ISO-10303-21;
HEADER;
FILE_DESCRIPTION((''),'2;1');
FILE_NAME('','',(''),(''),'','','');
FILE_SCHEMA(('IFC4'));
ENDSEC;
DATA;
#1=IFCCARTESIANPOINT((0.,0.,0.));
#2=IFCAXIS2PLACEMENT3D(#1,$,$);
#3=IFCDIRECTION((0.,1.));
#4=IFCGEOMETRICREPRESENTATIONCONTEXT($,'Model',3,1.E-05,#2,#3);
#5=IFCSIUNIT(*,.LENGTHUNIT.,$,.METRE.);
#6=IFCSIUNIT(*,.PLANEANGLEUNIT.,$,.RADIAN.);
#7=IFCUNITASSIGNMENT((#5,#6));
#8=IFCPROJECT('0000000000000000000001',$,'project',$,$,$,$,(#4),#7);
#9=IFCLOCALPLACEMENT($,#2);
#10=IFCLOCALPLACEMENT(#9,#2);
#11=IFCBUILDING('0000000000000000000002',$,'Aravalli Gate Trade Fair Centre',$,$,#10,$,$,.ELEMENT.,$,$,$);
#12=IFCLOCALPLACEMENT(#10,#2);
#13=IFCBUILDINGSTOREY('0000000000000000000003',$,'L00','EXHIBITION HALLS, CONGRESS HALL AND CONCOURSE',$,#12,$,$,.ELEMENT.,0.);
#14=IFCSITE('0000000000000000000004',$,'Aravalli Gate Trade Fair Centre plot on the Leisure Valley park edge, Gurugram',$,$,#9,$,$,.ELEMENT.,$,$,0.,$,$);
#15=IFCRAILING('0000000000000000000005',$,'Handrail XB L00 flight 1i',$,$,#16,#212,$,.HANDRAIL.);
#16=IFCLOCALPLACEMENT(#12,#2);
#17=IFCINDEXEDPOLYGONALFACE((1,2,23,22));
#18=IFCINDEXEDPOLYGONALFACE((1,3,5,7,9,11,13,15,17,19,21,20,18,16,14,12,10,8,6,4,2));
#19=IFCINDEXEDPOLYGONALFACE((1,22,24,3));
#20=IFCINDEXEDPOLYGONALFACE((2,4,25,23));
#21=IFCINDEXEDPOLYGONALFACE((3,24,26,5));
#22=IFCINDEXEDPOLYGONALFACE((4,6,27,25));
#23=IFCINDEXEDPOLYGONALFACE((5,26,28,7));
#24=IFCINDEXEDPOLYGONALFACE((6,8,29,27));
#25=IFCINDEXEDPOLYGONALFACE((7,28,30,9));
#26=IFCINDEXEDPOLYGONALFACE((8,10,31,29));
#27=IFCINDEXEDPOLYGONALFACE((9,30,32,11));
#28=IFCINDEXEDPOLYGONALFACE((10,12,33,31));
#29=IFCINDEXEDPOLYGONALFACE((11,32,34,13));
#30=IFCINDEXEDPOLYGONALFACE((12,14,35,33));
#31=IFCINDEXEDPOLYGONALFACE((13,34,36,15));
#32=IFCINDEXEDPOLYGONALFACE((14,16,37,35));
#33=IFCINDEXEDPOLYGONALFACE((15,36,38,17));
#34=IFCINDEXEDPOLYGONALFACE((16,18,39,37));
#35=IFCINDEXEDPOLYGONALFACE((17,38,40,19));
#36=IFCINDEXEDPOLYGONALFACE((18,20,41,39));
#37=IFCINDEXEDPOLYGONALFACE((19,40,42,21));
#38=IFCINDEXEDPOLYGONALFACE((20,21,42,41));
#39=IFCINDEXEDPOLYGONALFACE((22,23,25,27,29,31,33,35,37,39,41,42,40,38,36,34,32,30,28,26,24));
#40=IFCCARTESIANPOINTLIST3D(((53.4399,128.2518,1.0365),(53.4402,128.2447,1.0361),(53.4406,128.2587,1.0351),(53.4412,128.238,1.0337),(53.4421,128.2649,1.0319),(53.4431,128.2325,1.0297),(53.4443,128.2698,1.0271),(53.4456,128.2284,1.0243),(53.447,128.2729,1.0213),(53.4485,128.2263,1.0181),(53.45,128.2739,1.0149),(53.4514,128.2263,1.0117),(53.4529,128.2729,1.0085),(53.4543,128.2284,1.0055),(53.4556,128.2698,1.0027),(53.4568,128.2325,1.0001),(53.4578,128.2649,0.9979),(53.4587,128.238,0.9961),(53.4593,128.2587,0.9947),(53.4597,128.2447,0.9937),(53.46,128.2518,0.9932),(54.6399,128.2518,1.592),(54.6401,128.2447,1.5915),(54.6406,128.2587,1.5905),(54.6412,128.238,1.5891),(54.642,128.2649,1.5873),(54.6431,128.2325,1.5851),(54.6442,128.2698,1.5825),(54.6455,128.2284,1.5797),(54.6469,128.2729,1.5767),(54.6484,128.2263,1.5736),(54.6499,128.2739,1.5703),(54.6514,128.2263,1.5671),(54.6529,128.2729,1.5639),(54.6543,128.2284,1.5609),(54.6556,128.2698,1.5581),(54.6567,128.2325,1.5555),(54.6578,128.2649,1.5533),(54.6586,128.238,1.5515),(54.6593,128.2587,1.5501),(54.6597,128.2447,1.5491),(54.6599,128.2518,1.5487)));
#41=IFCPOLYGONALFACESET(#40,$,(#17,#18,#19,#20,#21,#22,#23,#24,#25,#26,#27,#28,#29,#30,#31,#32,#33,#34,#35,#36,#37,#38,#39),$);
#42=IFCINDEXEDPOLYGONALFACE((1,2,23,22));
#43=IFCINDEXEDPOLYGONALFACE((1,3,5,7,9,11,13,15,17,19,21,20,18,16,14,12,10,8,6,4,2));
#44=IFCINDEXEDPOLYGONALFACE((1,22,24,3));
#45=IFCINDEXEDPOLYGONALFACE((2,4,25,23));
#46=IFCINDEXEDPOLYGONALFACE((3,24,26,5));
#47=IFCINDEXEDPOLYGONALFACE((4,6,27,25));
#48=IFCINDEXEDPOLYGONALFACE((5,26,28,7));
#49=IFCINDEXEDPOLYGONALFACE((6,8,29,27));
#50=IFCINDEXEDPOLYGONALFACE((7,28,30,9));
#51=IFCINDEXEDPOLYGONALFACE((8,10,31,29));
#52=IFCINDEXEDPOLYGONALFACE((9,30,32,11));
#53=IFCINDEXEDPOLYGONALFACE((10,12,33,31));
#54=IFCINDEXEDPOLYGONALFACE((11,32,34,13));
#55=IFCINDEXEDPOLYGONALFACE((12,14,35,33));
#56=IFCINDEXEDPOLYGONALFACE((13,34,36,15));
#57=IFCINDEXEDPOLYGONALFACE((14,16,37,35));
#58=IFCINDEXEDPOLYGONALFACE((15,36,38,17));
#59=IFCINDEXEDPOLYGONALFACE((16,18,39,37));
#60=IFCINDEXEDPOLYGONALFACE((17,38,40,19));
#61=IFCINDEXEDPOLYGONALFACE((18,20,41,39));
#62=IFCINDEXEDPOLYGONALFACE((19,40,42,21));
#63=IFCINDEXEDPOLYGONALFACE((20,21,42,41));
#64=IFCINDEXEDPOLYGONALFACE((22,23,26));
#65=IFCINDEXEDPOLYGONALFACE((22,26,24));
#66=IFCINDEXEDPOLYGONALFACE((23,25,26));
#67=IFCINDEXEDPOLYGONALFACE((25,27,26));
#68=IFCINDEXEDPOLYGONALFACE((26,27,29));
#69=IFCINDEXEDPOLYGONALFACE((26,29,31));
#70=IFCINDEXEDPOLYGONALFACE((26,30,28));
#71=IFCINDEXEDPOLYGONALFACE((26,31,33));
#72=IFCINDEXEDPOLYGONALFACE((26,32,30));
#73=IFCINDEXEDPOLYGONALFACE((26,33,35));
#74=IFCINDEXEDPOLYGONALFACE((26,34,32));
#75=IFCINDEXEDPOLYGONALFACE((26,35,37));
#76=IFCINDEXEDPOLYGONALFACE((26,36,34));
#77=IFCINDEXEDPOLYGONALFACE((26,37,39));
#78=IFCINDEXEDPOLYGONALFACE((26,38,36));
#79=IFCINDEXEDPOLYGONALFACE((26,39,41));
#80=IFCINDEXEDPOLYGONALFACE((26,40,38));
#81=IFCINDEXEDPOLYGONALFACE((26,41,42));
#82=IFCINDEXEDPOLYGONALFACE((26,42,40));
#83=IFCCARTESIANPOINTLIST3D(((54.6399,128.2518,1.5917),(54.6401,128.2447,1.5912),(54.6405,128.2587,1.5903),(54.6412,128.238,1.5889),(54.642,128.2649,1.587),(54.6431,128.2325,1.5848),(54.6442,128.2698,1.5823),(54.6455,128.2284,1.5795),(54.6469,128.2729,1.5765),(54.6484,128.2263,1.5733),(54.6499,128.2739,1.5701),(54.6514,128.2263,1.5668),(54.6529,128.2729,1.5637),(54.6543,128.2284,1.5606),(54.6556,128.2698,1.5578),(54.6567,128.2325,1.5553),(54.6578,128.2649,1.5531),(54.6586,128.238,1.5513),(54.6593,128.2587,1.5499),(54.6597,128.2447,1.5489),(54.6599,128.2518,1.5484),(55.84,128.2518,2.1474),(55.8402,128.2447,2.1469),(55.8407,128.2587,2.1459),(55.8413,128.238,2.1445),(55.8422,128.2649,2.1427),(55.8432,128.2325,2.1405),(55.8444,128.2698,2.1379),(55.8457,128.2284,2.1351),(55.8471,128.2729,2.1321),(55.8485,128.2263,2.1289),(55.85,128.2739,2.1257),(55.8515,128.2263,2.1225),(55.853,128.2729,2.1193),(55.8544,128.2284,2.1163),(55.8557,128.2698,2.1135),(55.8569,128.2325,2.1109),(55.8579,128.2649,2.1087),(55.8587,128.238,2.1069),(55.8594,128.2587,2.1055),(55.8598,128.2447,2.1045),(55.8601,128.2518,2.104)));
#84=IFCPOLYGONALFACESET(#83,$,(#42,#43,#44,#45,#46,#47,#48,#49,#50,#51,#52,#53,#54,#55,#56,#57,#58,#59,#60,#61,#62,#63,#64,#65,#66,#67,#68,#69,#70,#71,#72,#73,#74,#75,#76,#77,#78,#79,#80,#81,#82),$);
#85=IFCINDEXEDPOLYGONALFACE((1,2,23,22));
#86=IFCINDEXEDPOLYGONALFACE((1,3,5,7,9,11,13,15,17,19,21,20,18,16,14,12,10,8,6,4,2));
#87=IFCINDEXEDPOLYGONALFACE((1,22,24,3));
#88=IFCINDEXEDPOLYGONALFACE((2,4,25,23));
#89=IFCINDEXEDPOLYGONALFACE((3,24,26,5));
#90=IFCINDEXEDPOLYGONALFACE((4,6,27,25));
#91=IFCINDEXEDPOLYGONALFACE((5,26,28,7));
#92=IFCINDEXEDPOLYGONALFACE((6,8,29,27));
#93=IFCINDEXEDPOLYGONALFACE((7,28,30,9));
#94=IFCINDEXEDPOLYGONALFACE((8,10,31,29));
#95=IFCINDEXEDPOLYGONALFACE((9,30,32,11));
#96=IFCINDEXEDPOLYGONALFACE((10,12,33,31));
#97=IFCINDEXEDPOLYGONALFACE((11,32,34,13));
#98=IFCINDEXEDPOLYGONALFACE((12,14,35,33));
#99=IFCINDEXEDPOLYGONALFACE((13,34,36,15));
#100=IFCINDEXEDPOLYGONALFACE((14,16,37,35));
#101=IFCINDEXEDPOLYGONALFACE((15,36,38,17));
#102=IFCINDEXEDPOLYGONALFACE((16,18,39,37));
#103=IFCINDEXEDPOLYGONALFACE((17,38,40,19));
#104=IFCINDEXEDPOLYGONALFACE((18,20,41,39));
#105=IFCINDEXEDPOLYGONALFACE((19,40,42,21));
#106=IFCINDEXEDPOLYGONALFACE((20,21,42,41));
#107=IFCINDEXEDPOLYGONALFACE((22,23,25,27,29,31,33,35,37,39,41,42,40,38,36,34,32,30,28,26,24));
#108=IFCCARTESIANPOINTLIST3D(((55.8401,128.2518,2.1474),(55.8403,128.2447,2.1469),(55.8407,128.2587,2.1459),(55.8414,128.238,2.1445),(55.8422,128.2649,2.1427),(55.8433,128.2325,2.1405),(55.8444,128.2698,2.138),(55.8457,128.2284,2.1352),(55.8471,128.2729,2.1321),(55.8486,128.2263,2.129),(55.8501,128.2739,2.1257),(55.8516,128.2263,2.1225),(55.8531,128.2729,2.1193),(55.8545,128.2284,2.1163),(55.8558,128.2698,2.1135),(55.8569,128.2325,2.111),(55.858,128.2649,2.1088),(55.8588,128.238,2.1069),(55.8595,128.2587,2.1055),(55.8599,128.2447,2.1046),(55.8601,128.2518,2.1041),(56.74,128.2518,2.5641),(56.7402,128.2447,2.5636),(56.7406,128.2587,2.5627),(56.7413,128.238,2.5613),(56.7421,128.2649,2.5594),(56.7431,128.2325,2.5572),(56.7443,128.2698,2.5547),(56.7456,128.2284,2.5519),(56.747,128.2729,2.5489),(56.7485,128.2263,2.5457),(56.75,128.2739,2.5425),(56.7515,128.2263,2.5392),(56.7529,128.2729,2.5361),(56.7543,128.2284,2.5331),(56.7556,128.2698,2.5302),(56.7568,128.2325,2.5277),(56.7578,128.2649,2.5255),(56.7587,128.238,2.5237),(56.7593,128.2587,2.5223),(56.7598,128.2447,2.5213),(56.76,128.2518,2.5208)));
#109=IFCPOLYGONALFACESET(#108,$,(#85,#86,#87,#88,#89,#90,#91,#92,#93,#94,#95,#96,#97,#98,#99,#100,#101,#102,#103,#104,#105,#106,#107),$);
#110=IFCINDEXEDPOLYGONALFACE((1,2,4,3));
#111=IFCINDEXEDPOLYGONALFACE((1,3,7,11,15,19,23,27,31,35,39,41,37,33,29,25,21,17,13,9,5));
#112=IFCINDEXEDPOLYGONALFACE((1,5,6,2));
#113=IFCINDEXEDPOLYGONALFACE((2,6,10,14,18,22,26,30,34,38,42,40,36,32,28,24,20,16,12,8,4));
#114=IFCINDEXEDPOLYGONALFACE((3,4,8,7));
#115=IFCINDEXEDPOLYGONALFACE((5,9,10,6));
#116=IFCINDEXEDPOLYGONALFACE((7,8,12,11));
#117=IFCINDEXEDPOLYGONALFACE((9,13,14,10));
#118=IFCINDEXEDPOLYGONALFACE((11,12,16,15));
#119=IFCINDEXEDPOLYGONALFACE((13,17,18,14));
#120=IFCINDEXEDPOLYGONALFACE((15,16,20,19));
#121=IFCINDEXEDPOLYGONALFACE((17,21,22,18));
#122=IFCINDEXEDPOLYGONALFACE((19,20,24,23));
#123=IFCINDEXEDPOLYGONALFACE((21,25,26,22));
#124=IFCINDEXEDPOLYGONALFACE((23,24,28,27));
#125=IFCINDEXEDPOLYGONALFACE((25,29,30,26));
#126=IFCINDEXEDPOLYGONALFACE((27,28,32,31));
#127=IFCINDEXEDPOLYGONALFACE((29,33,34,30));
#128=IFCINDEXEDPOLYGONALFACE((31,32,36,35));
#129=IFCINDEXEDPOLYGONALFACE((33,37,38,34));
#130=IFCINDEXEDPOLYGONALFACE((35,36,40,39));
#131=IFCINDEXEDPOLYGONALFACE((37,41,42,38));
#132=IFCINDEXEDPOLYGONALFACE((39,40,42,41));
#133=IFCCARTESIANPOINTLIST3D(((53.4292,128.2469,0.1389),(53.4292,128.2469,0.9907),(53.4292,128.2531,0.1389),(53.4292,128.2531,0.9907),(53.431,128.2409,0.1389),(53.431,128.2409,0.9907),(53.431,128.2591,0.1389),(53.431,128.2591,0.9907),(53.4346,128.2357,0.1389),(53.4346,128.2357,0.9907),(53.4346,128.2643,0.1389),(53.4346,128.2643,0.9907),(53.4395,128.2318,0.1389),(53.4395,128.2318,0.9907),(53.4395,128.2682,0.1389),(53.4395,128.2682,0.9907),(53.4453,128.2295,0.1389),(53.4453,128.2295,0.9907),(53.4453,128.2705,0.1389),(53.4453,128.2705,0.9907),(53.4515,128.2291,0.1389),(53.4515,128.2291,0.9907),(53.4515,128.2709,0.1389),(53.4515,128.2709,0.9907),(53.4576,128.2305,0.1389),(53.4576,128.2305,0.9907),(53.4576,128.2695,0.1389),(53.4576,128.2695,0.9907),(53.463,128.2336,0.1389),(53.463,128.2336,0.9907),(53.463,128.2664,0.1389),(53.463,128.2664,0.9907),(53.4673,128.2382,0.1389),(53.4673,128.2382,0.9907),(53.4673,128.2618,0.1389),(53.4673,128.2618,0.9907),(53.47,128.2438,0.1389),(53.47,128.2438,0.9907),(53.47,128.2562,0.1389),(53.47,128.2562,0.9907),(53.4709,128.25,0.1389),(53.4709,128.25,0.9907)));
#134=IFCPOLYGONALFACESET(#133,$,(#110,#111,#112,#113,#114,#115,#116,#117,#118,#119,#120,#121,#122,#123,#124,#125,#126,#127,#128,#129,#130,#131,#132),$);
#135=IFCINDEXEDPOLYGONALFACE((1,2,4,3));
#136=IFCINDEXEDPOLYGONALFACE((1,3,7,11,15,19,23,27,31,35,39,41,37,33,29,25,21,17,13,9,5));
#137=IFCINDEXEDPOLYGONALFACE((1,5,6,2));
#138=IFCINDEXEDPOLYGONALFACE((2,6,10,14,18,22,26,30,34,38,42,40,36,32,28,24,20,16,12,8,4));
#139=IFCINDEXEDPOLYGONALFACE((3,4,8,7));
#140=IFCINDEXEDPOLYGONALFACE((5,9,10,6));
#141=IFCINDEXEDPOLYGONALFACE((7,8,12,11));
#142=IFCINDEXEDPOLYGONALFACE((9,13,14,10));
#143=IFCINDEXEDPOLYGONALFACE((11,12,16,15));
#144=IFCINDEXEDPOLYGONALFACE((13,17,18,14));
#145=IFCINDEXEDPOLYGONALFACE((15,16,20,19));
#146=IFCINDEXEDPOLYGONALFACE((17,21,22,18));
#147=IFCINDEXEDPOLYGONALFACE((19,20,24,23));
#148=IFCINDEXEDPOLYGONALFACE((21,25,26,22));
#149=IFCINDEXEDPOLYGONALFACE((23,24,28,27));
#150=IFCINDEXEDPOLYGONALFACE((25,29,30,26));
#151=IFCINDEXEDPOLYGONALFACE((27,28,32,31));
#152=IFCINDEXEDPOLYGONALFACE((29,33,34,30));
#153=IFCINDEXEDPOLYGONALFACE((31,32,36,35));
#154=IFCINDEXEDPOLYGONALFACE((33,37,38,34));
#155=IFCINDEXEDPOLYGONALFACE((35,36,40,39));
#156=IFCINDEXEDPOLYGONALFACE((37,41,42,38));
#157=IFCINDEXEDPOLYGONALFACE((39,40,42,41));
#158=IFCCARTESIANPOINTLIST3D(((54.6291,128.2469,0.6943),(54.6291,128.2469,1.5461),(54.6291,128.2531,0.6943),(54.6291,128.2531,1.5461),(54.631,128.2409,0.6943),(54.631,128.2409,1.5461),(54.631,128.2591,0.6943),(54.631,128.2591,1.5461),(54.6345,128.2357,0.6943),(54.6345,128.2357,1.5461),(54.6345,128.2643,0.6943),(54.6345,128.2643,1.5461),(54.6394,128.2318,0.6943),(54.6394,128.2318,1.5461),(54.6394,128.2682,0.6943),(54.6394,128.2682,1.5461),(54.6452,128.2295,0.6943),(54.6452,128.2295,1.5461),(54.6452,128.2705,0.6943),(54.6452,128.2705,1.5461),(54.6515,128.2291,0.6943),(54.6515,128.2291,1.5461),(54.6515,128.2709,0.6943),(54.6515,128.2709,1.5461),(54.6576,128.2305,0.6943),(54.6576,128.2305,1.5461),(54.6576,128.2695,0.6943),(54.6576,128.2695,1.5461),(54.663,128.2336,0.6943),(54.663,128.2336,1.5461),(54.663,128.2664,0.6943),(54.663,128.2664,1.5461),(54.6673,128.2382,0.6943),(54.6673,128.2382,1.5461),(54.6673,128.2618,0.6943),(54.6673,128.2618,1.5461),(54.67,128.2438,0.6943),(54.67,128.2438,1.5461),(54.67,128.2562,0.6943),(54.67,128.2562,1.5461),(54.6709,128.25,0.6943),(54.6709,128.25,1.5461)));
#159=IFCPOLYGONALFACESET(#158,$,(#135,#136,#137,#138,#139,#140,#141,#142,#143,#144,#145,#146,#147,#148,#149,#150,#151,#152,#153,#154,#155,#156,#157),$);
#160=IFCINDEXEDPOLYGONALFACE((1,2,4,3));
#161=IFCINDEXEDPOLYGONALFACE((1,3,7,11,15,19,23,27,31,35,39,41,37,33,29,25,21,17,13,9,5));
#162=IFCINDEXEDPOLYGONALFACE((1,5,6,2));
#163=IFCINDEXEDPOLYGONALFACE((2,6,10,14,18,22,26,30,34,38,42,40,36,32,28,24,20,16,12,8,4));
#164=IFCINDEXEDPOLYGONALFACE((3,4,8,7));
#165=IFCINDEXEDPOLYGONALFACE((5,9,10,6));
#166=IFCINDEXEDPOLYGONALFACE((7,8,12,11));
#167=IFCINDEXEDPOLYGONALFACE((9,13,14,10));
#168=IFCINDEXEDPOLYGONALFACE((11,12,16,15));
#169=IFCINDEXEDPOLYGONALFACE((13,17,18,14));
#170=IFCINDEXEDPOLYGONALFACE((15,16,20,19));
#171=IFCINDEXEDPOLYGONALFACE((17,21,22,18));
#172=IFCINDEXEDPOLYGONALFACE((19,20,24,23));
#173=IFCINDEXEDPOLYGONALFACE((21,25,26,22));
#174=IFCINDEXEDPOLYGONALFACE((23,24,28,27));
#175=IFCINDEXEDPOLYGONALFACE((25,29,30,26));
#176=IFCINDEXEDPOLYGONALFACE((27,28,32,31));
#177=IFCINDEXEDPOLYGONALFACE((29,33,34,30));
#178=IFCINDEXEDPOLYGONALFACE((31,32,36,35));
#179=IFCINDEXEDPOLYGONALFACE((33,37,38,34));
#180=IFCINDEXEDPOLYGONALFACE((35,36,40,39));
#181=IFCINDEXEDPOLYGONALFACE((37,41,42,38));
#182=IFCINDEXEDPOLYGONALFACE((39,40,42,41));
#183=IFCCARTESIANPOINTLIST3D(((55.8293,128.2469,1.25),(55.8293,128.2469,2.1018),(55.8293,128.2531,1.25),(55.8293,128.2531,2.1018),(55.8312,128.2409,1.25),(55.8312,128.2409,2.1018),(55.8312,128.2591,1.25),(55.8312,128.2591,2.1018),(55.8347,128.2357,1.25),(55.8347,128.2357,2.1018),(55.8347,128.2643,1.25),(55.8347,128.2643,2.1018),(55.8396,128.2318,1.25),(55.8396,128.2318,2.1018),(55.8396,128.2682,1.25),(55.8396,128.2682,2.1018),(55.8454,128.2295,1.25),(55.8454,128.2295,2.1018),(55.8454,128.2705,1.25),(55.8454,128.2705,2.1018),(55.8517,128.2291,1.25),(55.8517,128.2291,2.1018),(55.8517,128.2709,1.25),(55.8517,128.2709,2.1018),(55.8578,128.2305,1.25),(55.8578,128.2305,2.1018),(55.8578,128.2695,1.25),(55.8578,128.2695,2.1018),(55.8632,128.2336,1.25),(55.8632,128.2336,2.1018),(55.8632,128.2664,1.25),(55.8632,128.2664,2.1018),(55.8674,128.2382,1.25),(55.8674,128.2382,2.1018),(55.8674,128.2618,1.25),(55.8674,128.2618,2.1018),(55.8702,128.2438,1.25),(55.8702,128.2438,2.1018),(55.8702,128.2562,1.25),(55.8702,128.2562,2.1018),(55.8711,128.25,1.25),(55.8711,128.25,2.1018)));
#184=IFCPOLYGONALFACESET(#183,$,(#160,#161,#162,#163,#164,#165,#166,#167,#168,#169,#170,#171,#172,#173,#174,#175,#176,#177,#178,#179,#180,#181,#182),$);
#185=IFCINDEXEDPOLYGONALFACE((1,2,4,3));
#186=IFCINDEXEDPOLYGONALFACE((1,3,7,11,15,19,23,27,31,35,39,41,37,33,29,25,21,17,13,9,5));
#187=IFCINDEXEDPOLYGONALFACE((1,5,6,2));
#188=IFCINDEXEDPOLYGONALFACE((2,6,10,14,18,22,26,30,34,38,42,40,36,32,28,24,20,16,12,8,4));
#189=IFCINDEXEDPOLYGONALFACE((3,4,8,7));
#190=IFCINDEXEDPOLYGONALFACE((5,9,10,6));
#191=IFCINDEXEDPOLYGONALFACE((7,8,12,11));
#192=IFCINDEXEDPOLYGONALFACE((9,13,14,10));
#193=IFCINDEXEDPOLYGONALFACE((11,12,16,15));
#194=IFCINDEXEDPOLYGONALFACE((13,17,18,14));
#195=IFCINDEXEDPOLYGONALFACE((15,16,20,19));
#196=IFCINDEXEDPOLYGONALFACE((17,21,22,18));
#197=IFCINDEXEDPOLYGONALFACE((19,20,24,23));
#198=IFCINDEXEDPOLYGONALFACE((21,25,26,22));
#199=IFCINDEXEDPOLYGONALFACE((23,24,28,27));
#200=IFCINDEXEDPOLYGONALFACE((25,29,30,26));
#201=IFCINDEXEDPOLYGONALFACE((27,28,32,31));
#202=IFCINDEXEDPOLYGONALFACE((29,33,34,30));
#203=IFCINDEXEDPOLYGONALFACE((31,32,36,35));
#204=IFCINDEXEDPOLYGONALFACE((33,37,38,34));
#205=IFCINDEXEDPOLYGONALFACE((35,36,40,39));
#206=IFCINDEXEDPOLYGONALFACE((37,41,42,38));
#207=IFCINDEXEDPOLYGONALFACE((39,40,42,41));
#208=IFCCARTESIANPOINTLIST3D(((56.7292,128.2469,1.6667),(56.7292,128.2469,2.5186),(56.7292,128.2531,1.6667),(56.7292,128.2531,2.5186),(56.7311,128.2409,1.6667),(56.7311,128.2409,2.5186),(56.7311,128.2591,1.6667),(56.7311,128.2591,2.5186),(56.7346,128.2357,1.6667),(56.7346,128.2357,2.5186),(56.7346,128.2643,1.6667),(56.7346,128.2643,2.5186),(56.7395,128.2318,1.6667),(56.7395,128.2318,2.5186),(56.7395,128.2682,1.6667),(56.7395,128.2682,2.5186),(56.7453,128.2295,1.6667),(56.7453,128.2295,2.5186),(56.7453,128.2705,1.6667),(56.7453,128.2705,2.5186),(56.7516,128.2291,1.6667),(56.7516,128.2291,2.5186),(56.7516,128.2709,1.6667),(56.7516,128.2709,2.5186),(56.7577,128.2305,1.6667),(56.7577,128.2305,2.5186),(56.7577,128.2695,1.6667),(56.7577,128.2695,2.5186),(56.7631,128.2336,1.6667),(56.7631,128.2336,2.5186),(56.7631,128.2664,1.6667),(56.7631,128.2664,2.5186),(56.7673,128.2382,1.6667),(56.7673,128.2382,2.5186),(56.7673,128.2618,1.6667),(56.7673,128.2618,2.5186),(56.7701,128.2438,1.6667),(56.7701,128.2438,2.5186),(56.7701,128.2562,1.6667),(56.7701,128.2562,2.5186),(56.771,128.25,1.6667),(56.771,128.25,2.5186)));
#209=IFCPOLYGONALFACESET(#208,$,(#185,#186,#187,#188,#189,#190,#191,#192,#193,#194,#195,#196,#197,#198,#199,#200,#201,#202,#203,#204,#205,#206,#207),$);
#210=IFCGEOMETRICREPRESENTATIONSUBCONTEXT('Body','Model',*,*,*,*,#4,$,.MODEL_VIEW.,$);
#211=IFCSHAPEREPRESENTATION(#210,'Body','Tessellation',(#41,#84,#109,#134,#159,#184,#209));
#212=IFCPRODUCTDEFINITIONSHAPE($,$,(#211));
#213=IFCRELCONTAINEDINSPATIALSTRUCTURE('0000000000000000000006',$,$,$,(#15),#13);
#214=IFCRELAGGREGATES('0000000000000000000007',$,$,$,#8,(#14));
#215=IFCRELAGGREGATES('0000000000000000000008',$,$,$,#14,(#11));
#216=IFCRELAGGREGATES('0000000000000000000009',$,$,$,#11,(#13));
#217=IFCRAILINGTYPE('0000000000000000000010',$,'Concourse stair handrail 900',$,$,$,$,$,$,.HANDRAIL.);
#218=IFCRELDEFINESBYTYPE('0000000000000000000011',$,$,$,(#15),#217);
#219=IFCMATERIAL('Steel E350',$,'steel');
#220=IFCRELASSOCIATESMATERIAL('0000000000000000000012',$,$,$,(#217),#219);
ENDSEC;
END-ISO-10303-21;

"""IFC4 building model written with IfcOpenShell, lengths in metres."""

from ifc_helpers import new_model, si_unit, direction, frame, origin, origin_2d, place, context, subcontext, project, spatial, circle, extrude, material, type_object, element, save


model = new_model("IFC4")

# Units and contexts
model_context = context("Model", 3, precision=1e-05, world=origin(), true_north=direction((0.0, 1.0)))
body_context = subcontext(model_context, "Body", "Model", "MODEL_VIEW")
ifc_project = project(units=[si_unit("LENGTHUNIT", "METRE"), si_unit("PLANEANGLEUNIT", "RADIAN")], contexts=[model_context])

# Site, building, storey
site_placement = place(None, origin())
site = spatial("IfcSite", under=ifc_project, at=site_placement, Name="Aravalli Gate Trade Fair Centre plot on the Leisure Valley park edge, Gurugram", CompositionType="ELEMENT", RefElevation=0.0)
building_placement = place(site_placement, origin())
building = spatial("IfcBuilding", under=site, at=building_placement, Name="Aravalli Gate Trade Fair Centre", CompositionType="ELEMENT")
storey_placement = place(building_placement, origin())
storey = spatial("IfcBuildingStorey", under=building, at=storey_placement, Name="L00", Description="EXHIBITION HALLS, CONGRESS HALL AND CONCOURSE", CompositionType="ELEMENT", Elevation=0.0)

# Shared definitions
ifc_material_1 = material(Name="Steel E350", Category="steel")

# Railing
railing_type = type_object("IfcRailingType", Name="Concourse stair handrail 900", PredefinedType="HANDRAIL", material=ifc_material_1)
for number, where, name in (
    (1, (53.45, 128.25, 0.1389), "Handrail XB L00 flight 1i"),
):
    element("IfcRailing", number, at=place(storey_placement, frame(where)), inside=storey, type_object=railing_type, Name=name, PredefinedType="HANDRAIL", context=body_context, shape_type="SweptSolid", body=[
        extrude(circle(Radius=0.0239, at=origin_2d()), frame((0.0, 0.0, 0.876), z_axis=(0.907499, 0.0, 0.420053), x_axis=(0.0, 1.0, 0.0)), (0.0, 0.0, 1.0), 1.3223),
        extrude(circle(Radius=0.0239, at=origin_2d()), frame((1.2, 0.0, 1.4312), z_axis=(0.907462, 0.0, 0.420135), x_axis=(0.0, 1.0, 0.0)), (0.0, 0.0, 1.0), 1.3225),
        extrude(circle(Radius=0.0239, at=origin_2d()), frame((2.4001, 0.0, 1.9868), z_axis=(0.907418, 0.0, 0.420229), x_axis=(0.0, 1.0, 0.0)), (0.0, 0.0, 1.0), 0.9917),
        extrude(circle(Radius=0.021, at=origin_2d()), origin(), (0.0, 0.0, 1.0), 0.8518),
        extrude(circle(Radius=0.021, at=origin_2d()), frame((1.2, 0.0, 0.5554)), (0.0, 0.0, 1.0), 0.8518),
        extrude(circle(Radius=0.021, at=origin_2d()), frame((2.4001, 0.0, 1.1111)), (0.0, 0.0, 1.0), 0.8518),
        extrude(circle(Radius=0.021, at=origin_2d()), frame((3.3, 0.0, 1.5278)), (0.0, 0.0, 1.0), 0.8518),
    ])

save(model, "model.ifc")
